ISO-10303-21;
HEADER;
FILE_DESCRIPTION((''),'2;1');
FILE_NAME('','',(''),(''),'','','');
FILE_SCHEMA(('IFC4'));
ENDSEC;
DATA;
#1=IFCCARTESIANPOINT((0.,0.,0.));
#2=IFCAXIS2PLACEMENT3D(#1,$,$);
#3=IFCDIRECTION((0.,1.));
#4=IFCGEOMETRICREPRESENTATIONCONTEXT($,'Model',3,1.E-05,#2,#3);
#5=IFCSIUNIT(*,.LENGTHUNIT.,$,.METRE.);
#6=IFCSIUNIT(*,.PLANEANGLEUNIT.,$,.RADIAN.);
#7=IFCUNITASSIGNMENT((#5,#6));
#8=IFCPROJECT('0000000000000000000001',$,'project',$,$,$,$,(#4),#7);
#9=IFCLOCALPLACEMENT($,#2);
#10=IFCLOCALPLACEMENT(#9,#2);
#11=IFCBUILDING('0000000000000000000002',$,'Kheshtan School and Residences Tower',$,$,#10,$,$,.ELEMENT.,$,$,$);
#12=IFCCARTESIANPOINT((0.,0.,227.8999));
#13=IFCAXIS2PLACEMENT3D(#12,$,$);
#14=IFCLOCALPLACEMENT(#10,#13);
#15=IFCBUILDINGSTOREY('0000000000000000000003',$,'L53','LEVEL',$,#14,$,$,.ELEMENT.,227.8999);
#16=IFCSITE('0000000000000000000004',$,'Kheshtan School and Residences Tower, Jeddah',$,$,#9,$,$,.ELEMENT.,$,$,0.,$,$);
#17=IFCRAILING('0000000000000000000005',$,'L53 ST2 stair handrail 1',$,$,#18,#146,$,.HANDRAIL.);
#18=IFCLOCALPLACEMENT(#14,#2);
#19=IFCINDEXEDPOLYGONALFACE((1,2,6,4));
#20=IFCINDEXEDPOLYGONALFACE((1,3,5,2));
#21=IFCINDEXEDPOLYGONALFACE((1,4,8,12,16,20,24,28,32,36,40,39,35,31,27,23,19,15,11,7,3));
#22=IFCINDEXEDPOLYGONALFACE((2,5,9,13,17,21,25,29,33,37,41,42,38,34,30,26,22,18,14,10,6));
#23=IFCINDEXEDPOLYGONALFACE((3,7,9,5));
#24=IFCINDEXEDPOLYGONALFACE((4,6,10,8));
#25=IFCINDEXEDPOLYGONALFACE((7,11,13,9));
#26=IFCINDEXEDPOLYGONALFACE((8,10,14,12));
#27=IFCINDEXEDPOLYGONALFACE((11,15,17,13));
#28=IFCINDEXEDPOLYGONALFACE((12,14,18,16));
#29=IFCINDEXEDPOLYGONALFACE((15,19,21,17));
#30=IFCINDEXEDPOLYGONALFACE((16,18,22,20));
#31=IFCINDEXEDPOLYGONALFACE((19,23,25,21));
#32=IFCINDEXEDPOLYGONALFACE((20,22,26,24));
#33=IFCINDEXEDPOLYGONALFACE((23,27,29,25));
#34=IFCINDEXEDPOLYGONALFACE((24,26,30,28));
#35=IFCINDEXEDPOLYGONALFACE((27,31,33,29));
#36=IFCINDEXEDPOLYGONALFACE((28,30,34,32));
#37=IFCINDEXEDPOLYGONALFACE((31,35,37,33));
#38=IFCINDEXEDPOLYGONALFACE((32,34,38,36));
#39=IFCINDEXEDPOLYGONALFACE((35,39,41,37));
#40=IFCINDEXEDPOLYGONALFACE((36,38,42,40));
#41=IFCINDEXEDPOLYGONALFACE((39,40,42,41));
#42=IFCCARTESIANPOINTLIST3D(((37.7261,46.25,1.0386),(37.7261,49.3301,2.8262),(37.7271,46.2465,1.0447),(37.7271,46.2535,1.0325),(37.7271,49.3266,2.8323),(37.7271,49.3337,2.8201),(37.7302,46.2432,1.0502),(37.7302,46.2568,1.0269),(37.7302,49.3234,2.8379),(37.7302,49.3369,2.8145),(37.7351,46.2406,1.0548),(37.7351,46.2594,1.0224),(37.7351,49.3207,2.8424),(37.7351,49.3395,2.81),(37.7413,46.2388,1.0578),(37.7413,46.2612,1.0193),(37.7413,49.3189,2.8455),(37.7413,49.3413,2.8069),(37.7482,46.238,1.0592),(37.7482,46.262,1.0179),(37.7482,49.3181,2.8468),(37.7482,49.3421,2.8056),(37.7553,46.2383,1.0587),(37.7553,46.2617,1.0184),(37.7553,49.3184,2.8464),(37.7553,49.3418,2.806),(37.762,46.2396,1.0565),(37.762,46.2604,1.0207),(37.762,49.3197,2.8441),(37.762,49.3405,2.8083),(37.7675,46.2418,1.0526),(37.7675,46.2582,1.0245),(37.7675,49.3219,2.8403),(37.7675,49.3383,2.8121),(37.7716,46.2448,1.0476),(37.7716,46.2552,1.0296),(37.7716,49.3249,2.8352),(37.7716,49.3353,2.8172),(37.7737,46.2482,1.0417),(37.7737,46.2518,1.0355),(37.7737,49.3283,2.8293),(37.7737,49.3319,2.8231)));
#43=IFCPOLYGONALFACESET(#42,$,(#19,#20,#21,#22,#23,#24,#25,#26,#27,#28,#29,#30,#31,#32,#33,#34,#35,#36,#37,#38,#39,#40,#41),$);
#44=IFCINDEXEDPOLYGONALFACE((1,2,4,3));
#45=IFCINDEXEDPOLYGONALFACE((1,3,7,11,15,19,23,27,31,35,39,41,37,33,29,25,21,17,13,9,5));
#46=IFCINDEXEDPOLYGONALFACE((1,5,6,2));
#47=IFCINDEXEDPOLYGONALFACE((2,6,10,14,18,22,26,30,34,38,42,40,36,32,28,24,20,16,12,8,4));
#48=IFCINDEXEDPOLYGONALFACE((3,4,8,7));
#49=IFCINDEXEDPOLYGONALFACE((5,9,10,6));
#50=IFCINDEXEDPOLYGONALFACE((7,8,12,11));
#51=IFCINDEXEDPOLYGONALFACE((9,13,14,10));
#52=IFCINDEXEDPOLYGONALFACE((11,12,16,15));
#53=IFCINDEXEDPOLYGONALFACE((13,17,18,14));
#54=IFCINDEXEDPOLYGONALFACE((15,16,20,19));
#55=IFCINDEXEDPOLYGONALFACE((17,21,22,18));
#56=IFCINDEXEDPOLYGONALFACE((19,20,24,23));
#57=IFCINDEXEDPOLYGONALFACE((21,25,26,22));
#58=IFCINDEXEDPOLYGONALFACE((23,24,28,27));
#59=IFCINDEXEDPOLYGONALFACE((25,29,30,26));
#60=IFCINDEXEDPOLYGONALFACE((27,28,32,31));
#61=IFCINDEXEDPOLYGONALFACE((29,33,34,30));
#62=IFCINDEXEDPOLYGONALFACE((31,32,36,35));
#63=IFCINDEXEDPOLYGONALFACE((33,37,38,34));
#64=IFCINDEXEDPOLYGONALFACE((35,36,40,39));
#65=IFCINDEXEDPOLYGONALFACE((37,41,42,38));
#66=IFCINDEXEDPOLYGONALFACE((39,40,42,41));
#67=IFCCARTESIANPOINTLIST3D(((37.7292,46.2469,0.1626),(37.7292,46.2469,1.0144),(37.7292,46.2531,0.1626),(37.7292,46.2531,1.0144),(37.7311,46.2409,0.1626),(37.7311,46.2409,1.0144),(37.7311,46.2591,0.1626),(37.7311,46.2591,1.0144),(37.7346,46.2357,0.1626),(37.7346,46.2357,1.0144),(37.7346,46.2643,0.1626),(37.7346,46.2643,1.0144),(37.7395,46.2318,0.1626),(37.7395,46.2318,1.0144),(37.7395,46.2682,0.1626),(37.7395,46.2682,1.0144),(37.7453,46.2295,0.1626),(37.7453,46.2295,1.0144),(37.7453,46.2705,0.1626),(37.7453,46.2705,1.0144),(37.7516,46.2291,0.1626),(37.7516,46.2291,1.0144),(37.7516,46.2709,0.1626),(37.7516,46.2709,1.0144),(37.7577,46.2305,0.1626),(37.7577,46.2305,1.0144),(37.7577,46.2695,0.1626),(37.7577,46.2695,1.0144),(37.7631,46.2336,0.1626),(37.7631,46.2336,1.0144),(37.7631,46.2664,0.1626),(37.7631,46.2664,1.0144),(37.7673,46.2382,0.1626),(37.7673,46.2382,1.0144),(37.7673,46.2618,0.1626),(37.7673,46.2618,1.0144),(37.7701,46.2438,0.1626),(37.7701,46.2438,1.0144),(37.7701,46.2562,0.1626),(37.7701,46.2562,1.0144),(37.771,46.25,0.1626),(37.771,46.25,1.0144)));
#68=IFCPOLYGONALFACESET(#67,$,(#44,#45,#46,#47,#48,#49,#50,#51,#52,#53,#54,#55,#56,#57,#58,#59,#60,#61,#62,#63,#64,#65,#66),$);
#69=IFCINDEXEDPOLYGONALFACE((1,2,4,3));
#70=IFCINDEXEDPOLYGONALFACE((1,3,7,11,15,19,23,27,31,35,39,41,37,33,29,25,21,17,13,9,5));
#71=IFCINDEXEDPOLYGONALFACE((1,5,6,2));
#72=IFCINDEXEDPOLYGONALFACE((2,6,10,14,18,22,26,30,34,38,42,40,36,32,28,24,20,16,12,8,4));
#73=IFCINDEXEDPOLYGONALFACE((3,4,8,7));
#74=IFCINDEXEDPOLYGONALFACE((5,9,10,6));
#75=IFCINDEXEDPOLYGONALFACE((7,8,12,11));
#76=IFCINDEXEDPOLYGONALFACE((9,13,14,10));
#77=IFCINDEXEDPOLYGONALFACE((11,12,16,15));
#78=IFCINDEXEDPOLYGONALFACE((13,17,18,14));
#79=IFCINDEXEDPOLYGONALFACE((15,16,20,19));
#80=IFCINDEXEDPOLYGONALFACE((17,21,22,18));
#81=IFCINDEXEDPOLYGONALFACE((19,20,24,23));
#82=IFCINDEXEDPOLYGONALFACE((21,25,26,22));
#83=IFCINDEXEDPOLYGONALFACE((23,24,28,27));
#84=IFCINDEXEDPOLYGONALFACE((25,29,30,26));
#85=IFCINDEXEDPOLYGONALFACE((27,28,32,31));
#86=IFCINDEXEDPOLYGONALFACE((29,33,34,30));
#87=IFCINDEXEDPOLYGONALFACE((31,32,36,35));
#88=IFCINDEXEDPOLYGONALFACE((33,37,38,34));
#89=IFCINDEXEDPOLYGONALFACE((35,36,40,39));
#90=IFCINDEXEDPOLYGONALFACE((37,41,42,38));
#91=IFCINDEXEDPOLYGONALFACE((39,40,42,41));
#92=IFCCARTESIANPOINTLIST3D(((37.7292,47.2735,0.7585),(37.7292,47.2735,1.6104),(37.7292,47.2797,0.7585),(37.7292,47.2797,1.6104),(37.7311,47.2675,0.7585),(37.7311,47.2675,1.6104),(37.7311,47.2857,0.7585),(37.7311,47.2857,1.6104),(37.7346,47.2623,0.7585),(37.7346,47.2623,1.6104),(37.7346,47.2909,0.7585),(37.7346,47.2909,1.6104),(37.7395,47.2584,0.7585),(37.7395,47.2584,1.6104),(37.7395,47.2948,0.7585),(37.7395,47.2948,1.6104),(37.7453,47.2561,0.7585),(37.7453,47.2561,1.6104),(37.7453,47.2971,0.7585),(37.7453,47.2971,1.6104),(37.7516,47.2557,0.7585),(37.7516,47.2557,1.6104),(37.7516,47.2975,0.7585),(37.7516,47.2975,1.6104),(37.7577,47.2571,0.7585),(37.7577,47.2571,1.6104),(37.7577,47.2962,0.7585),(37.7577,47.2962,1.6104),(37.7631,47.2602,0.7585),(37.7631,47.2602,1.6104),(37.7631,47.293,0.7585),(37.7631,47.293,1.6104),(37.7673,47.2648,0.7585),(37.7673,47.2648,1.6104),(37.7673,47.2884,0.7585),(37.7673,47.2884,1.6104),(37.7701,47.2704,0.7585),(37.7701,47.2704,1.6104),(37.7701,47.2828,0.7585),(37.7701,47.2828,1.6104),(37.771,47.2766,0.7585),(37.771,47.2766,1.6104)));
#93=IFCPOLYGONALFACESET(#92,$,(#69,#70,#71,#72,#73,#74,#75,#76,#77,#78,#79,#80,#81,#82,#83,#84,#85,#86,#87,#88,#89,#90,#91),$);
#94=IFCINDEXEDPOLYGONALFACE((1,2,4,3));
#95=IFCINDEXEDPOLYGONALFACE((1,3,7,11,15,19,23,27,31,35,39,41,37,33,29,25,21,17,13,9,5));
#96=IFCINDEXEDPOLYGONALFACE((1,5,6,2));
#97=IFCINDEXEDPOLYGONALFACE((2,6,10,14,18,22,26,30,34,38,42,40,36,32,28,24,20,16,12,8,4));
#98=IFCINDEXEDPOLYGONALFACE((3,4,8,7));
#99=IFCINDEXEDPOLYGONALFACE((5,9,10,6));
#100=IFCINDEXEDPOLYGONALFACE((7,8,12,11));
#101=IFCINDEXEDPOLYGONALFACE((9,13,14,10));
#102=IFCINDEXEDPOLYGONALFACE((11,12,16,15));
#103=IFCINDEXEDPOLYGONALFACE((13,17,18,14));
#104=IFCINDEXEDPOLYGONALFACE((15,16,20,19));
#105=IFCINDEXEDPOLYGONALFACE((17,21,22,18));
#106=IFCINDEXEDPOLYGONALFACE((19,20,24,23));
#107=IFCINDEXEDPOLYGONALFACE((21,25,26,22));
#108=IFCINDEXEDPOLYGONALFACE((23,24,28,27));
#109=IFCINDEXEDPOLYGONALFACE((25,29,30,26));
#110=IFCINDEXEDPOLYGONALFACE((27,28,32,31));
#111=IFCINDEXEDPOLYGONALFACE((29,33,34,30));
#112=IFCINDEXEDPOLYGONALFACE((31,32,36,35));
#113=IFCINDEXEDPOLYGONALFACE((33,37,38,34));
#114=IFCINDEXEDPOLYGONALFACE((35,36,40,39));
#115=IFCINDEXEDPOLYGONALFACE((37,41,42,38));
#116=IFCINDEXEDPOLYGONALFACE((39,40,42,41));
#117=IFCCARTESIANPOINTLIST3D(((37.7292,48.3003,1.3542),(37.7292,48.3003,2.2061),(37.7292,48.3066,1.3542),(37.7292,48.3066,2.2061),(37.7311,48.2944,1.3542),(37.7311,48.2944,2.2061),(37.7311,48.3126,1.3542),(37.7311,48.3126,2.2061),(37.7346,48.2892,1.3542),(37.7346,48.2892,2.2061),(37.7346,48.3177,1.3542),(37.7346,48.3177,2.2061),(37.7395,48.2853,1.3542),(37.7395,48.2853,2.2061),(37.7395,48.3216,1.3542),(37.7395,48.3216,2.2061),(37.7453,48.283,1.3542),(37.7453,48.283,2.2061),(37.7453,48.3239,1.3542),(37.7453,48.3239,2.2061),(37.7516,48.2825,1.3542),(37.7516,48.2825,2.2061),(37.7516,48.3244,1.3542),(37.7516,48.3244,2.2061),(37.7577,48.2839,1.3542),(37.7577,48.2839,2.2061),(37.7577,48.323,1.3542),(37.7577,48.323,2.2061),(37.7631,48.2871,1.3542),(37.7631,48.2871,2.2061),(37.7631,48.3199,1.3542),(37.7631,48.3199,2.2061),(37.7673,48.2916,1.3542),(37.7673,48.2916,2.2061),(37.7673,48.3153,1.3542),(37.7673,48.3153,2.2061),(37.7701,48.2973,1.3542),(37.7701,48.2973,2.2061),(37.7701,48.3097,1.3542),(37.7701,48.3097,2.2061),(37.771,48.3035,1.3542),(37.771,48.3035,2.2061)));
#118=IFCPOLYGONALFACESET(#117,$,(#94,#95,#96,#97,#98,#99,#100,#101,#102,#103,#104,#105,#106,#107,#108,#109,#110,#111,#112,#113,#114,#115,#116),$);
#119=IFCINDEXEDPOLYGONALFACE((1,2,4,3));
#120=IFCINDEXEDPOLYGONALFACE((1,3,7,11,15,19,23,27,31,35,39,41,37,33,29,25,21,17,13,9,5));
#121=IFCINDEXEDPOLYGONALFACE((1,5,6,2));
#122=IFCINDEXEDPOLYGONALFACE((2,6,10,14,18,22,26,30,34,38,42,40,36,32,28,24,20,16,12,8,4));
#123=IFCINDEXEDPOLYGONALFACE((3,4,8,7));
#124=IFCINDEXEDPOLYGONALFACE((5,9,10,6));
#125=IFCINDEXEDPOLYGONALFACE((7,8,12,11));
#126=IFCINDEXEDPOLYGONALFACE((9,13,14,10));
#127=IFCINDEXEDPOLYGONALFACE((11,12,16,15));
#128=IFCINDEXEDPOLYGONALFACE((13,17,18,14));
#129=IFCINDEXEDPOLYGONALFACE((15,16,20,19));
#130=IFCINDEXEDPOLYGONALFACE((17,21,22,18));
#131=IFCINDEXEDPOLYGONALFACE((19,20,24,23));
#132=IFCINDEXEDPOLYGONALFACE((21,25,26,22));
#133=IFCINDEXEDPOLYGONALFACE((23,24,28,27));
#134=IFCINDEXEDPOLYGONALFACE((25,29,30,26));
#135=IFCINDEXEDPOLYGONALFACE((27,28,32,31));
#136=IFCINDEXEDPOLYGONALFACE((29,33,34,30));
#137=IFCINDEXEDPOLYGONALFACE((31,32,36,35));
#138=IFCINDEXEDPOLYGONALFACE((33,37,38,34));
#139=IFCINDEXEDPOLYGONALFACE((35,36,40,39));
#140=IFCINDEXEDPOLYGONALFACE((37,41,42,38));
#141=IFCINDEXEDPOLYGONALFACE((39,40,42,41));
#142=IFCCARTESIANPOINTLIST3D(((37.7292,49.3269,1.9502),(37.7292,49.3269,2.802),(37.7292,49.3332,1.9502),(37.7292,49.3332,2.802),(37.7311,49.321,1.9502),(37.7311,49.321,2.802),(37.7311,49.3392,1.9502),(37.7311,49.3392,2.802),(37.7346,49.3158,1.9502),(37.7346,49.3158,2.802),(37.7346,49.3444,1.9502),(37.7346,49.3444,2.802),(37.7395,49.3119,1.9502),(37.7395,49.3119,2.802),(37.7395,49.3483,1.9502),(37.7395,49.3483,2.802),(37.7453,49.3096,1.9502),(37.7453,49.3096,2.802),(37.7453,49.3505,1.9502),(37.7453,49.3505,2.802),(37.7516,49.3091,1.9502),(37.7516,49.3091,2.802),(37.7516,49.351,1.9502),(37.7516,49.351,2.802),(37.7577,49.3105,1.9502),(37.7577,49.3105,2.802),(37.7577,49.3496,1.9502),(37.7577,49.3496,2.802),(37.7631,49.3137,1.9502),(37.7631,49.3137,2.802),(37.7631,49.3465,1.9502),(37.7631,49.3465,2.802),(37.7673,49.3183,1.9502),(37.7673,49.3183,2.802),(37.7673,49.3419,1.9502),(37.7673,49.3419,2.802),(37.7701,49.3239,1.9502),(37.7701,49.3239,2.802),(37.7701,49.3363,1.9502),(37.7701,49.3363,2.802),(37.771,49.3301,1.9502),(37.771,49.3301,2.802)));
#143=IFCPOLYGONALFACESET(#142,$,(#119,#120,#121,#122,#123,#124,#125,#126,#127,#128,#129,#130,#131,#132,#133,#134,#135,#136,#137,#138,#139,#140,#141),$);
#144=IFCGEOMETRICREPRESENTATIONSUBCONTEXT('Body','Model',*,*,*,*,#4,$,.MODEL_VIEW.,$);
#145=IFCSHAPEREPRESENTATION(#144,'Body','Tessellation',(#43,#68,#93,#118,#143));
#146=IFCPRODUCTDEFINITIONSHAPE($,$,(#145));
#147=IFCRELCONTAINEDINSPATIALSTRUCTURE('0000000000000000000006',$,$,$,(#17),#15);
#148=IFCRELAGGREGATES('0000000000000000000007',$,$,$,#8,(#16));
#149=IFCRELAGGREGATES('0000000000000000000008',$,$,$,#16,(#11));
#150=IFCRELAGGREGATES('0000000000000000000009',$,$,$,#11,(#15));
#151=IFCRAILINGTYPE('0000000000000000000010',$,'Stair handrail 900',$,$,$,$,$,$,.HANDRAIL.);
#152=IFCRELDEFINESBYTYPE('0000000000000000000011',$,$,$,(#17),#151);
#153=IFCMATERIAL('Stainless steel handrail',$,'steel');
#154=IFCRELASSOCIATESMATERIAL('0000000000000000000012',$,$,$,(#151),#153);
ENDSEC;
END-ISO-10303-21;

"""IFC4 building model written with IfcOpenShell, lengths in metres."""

from ifc_helpers import new_model, si_unit, direction, frame, origin, origin_2d, place, context, subcontext, project, spatial, circle, extrude, material, type_object, element, save


model = new_model("IFC4")

# Units and contexts
model_context = context("Model", 3, precision=1e-05, world=origin(), true_north=direction((0.0, 1.0)))
body_context = subcontext(model_context, "Body", "Model", "MODEL_VIEW")
ifc_project = project(units=[si_unit("LENGTHUNIT", "METRE"), si_unit("PLANEANGLEUNIT", "RADIAN")], contexts=[model_context])

# Site, building, storey
site_placement = place(None, origin())
site = spatial("IfcSite", under=ifc_project, at=site_placement, Name="Kheshtan School and Residences Tower, Jeddah", CompositionType="ELEMENT", RefElevation=0.0)
building_placement = place(site_placement, origin())
building = spatial("IfcBuilding", under=site, at=building_placement, Name="Kheshtan School and Residences Tower", CompositionType="ELEMENT")
storey_placement = place(building_placement, frame((0.0, 0.0, 227.8999)))
storey = spatial("IfcBuildingStorey", under=building, at=storey_placement, Name="L53", Description="LEVEL", CompositionType="ELEMENT", Elevation=227.8999)

# Railing
ifc_material_1 = material(Name="Stainless steel handrail", Category="steel")
railing_type_1 = type_object("IfcRailingType", Name="Stair handrail 900", PredefinedType="HANDRAIL", material=ifc_material_1)
railing_1_placement = place(storey_placement, frame((37.75, 46.25, 0.1626)))
element("IfcRailing", 1, at=railing_1_placement, inside=storey, type_object=railing_type_1, Name="L53 ST2 stair handrail 1", PredefinedType="HANDRAIL", context=body_context, shape_type="SweptSolid", body=[
    extrude(circle(Radius=0.0239, at=origin_2d()), frame((0.0, 0.0, 0.876), z_axis=(0.0, 0.864891, 0.50196), x_axis=(-1.0, 0.0, 0.0)), (0.0, 0.0, 1.0), 3.5613),
    extrude(circle(Radius=0.021, at=origin_2d()), origin(), (0.0, 0.0, 1.0), 0.8518),
    extrude(circle(Radius=0.021, at=origin_2d()), frame((0.0, 1.0266, 0.5959)), (0.0, 0.0, 1.0), 0.8518),
    extrude(circle(Radius=0.021, at=origin_2d()), frame((0.0, 2.0535, 1.1917)), (0.0, 0.0, 1.0), 0.8518),
    extrude(circle(Radius=0.021, at=origin_2d()), frame((0.0, 3.0801, 1.7876)), (0.0, 0.0, 1.0), 0.8518),
])

save(model, "model.ifc")
